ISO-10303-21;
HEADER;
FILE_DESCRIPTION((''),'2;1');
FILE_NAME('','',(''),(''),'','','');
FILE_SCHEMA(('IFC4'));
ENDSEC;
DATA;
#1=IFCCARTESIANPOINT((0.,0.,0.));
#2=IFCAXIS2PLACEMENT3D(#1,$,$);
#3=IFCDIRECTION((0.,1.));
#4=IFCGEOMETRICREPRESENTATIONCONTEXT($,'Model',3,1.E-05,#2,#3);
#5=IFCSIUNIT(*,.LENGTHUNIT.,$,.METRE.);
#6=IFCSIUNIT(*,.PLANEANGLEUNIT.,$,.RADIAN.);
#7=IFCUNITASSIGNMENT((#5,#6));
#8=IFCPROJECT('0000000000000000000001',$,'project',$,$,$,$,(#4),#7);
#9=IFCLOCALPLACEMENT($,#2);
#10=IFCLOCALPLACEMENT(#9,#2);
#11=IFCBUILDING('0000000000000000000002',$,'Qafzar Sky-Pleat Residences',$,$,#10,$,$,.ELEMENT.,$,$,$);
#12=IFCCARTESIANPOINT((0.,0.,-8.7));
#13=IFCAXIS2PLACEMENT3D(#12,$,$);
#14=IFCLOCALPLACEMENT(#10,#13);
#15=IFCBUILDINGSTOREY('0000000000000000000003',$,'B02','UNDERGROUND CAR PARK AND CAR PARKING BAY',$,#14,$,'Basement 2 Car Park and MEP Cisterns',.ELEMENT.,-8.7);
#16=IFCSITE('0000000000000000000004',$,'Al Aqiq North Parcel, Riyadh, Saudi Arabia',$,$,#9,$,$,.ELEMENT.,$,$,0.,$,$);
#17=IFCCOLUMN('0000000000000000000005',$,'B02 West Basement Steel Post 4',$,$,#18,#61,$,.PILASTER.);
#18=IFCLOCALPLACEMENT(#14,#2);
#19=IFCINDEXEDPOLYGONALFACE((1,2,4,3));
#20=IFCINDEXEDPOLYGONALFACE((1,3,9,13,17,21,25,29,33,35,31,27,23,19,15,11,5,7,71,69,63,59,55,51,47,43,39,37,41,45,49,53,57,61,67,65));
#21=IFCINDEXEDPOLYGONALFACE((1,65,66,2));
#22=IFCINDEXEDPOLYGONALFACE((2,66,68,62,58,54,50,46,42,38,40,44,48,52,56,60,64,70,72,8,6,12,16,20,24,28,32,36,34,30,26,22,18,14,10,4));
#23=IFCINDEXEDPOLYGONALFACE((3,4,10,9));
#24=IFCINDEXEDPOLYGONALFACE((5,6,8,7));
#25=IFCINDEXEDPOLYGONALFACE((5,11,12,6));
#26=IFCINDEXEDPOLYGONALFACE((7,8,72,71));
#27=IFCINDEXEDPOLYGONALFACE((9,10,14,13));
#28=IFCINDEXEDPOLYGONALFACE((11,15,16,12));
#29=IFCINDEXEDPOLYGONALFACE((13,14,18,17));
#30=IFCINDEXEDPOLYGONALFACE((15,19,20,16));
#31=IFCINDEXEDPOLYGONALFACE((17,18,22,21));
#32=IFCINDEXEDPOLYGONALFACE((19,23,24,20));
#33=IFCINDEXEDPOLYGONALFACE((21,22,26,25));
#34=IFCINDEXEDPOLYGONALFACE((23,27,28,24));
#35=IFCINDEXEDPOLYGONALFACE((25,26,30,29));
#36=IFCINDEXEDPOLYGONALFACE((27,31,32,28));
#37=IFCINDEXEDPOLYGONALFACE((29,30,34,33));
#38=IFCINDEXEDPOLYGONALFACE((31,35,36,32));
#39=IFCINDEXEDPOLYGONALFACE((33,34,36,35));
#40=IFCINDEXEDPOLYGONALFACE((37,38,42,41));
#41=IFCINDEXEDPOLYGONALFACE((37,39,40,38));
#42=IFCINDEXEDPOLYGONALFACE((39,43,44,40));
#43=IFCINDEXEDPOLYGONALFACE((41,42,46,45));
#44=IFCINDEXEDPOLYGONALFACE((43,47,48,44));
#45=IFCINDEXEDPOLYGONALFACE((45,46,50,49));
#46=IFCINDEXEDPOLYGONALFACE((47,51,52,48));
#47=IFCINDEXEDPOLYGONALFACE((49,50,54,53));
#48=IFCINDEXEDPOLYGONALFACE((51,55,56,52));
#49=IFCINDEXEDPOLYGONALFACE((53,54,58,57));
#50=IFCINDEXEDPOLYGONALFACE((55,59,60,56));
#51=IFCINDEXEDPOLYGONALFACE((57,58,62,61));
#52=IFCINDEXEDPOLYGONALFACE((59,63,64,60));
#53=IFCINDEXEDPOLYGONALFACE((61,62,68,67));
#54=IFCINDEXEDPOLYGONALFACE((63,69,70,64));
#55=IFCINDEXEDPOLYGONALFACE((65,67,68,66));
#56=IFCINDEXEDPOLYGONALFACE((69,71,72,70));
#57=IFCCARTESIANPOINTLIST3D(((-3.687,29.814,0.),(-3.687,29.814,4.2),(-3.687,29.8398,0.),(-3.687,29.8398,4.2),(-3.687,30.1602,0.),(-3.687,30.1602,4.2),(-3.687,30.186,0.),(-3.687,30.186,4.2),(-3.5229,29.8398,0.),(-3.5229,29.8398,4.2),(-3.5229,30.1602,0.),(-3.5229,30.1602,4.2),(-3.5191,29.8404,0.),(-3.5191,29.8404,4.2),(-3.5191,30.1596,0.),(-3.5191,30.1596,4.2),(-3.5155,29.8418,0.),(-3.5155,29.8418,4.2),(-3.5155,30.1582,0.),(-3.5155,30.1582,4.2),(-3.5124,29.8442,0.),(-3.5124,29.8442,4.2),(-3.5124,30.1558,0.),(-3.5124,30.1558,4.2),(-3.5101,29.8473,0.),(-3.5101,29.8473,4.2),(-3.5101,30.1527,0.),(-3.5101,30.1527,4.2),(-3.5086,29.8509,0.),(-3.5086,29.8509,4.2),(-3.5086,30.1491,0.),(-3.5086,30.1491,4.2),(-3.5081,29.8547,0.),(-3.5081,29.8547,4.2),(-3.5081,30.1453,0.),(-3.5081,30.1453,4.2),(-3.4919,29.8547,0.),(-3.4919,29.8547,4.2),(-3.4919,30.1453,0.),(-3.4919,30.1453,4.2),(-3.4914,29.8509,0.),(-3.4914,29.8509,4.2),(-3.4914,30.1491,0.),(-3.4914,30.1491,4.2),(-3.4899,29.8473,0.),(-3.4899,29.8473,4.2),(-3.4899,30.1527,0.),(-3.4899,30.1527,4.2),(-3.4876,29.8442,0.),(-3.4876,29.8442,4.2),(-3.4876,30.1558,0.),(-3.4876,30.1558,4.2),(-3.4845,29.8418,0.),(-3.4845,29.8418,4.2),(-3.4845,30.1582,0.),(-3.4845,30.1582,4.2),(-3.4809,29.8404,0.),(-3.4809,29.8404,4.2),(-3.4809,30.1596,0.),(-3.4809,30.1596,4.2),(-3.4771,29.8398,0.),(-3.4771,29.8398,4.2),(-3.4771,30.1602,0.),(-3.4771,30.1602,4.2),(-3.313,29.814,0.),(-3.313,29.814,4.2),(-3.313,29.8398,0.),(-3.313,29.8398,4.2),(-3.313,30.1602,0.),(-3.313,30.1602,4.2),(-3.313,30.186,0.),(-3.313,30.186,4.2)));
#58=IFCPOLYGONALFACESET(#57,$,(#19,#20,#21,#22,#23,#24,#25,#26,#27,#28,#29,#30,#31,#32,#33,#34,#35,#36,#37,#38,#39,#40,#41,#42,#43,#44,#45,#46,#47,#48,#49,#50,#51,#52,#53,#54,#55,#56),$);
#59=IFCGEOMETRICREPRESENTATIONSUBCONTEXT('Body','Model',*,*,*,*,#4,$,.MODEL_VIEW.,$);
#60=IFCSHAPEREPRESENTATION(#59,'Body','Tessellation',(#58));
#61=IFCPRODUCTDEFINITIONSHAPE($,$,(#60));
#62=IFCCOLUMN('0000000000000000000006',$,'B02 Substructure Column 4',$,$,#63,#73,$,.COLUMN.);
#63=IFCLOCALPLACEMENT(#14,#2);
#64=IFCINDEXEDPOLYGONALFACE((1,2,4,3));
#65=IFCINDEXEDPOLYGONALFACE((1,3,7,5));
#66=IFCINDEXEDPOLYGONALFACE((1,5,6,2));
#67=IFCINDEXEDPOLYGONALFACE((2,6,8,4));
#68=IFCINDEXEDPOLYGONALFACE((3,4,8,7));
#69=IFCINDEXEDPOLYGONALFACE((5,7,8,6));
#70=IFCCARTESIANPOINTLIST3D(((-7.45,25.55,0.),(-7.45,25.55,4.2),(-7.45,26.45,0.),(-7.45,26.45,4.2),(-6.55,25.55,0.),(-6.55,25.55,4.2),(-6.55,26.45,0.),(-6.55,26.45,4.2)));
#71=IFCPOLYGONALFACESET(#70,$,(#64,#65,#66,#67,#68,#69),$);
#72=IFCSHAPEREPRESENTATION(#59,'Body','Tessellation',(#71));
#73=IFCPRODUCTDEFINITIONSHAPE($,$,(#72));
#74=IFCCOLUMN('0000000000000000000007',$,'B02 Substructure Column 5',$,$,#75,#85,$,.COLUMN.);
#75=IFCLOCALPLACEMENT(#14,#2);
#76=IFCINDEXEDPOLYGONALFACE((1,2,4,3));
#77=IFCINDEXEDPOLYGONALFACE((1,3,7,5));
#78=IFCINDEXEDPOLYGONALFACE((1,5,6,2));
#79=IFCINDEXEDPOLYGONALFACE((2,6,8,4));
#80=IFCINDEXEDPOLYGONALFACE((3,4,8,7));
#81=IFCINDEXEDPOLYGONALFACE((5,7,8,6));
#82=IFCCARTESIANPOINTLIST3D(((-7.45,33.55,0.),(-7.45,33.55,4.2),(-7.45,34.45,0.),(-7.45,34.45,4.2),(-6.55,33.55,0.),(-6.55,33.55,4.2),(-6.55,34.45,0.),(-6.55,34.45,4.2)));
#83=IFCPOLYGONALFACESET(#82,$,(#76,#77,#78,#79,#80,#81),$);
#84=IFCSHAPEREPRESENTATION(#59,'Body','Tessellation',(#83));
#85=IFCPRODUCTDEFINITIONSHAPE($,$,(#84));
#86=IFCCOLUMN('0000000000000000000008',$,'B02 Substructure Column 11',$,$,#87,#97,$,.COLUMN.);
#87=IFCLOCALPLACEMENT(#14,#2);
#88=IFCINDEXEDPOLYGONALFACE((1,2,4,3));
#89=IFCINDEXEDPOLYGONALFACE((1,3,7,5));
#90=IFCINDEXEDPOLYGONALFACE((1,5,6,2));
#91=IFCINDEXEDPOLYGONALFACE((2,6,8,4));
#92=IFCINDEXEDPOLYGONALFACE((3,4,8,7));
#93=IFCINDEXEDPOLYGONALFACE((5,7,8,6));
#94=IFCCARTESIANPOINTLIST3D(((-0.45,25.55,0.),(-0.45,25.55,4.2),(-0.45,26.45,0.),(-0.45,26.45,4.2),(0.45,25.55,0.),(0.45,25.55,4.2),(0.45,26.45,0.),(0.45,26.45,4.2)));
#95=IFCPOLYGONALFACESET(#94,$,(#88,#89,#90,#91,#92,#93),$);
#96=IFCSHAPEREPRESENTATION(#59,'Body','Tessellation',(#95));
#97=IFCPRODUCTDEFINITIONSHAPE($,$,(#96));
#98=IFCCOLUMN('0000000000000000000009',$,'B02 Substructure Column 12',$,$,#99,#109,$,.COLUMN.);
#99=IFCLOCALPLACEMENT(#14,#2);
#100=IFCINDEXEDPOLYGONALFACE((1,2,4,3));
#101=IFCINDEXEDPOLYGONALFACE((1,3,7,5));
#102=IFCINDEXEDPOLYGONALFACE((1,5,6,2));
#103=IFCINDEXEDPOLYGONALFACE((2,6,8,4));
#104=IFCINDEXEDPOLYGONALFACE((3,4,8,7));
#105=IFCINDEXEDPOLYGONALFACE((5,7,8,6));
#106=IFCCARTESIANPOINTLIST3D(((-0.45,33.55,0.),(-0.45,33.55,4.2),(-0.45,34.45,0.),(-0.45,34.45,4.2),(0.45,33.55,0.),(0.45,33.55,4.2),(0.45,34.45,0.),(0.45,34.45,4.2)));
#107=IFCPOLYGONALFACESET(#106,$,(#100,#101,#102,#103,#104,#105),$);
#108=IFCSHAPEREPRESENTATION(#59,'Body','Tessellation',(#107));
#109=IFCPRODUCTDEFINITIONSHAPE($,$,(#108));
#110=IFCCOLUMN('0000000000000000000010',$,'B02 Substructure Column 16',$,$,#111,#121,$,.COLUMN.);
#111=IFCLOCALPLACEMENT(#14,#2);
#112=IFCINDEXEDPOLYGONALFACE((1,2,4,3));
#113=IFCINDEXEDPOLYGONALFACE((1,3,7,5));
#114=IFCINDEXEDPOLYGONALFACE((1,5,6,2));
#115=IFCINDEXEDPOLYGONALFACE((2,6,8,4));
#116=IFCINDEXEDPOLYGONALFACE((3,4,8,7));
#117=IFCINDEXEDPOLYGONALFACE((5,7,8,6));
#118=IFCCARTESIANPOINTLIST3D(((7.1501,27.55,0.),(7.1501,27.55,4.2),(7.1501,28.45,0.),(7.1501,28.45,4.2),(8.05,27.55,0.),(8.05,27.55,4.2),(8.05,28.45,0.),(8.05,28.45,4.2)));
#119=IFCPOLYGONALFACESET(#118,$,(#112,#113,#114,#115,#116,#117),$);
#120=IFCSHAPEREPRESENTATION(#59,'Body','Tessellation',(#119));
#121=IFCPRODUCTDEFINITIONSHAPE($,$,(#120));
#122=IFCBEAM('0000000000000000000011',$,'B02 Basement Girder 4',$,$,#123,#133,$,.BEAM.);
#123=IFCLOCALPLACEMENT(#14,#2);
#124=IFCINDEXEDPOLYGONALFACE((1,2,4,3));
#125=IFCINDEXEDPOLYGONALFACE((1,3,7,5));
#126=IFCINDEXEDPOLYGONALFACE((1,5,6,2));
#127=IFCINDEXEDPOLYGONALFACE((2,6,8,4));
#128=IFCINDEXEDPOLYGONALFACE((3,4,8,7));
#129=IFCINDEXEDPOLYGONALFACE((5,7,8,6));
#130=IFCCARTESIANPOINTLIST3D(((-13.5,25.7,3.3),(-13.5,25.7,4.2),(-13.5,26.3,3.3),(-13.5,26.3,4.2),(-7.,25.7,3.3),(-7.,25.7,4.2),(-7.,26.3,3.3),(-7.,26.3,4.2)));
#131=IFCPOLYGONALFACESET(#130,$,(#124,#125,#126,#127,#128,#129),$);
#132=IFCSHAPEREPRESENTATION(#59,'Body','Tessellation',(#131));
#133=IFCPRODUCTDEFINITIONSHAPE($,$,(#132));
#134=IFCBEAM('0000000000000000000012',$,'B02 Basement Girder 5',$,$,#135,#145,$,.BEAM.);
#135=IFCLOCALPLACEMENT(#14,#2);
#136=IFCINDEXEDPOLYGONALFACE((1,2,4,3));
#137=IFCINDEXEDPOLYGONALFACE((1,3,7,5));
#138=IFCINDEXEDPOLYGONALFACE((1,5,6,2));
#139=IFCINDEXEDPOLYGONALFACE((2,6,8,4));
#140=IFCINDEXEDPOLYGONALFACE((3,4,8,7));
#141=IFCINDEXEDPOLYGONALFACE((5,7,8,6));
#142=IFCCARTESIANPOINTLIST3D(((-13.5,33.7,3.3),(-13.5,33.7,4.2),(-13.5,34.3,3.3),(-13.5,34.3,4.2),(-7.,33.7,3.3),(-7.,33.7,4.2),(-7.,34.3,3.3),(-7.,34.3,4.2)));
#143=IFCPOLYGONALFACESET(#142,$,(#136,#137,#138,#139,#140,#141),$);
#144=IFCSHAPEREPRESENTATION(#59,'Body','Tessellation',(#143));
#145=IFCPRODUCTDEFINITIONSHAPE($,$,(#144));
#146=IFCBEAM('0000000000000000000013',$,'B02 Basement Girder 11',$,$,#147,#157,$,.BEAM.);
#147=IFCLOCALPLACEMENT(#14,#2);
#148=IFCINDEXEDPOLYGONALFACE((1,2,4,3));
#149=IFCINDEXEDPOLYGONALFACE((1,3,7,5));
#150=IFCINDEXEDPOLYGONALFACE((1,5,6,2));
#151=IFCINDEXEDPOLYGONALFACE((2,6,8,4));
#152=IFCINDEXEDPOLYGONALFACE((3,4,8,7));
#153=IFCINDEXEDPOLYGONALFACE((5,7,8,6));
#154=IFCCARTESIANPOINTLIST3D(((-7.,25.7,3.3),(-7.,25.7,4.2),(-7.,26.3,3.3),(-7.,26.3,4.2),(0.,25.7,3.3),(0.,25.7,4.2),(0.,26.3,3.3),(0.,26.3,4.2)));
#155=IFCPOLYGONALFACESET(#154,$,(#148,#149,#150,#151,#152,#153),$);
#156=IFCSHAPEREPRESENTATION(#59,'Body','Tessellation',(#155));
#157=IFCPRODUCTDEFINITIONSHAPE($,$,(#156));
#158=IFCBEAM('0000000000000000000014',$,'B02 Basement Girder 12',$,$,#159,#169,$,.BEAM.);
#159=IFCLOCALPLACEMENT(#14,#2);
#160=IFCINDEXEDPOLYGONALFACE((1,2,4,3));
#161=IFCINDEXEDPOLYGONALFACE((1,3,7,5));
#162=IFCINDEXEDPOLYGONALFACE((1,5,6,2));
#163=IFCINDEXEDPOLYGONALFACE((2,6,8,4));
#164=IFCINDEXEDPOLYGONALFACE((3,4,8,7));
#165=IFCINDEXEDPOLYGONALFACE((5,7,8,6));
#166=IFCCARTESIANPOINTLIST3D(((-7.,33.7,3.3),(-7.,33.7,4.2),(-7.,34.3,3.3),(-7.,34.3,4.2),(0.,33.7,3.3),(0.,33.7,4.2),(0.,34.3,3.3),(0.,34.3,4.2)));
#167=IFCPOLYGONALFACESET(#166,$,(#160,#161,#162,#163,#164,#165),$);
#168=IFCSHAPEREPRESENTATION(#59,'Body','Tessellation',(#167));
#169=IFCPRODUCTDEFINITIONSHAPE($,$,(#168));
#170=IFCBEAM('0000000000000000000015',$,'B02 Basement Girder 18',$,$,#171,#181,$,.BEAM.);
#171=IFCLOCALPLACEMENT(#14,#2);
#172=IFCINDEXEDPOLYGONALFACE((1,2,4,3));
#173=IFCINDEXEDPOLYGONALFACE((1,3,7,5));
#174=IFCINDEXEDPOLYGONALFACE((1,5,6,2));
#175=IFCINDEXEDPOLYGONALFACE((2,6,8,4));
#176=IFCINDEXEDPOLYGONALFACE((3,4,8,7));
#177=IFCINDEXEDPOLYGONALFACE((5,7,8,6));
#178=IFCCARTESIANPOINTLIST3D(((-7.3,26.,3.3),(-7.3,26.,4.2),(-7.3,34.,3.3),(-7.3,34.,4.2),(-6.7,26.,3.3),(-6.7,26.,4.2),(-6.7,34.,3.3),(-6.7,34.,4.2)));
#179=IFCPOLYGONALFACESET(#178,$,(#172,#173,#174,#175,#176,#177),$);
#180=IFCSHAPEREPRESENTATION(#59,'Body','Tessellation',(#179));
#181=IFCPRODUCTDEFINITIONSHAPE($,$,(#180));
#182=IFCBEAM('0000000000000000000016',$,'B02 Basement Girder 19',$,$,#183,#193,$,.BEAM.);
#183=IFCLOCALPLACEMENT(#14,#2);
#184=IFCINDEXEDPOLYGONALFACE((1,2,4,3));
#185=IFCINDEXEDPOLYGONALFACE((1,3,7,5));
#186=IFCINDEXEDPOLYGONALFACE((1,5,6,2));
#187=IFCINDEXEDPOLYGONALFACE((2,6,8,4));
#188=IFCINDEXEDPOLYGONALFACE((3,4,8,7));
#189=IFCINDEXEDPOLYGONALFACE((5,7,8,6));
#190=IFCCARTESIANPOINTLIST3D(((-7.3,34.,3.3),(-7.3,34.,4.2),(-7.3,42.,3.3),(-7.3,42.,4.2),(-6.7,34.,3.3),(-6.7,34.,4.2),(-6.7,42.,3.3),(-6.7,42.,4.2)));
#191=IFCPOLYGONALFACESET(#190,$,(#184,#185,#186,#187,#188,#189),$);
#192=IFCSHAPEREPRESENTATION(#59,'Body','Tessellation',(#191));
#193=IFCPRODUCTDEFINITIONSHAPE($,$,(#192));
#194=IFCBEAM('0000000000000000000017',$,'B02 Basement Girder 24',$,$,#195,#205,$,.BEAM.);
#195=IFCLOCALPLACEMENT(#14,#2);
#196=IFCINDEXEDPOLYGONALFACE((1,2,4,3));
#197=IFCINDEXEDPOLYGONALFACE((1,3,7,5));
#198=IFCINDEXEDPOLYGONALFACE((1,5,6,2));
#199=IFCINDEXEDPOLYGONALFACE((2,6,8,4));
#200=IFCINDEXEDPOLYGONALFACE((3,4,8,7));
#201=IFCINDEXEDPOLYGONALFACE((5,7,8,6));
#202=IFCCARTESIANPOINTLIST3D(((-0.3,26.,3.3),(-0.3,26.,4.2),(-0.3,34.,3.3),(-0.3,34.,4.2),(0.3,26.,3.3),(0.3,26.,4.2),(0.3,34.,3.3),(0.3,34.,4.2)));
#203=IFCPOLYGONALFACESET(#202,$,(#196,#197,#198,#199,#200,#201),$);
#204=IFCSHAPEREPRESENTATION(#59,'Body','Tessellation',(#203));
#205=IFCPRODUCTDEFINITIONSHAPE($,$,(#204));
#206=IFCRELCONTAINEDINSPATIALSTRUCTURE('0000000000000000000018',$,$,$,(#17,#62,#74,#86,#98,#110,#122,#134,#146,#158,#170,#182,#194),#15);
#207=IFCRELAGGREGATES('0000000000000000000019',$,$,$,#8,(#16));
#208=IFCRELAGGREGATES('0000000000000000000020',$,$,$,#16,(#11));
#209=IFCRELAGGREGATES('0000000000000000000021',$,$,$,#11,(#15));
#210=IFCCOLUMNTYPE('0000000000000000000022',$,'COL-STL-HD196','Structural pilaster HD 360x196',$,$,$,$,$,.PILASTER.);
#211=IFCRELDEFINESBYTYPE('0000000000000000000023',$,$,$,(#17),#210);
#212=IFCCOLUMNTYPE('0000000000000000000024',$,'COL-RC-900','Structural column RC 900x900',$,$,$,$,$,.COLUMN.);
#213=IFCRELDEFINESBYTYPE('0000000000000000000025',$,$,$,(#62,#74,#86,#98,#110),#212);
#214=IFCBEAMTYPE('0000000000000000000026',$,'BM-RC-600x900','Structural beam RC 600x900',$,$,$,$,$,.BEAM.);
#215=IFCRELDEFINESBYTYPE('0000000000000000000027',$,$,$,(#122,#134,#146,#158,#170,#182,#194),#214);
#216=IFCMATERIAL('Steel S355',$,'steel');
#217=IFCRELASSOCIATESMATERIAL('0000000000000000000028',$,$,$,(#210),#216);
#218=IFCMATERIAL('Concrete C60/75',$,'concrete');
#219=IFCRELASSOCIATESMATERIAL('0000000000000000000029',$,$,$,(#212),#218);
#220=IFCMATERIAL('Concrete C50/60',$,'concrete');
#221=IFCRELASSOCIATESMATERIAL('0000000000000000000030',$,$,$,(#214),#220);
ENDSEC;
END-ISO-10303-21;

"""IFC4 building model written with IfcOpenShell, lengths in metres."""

from ifc_helpers import new_model, si_unit, direction, frame, origin, origin_2d, place, context, subcontext, project, spatial, rectangle, i_section, extrude, source, transform, mapped, material, material_profile, profile_set, type_object, element, save


model = new_model("IFC4")

# Units and contexts
model_context = context("Model", 3, precision=1e-05, world=origin(), true_north=direction((0.0, 1.0)))
body_context = subcontext(model_context, "Body", "Model", "MODEL_VIEW")
ifc_project = project(units=[si_unit("LENGTHUNIT", "METRE"), si_unit("PLANEANGLEUNIT", "RADIAN")], contexts=[model_context])

# Site, building, storey
site_placement = place(None, origin())
site = spatial("IfcSite", under=ifc_project, at=site_placement, Name="Al Aqiq North Parcel, Riyadh, Saudi Arabia", CompositionType="ELEMENT", RefElevation=0.0)
building_placement = place(site_placement, origin())
building = spatial("IfcBuilding", under=site, at=building_placement, Name="Qafzar Sky-Pleat Residences", CompositionType="ELEMENT")
storey_placement = place(building_placement, frame((0.0, 0.0, -8.7)))
storey = spatial("IfcBuildingStorey", under=building, at=storey_placement, Name="B02", Description="UNDERGROUND CAR PARK AND CAR PARKING BAY", LongName="Basement 2 Car Park and MEP Cisterns", CompositionType="ELEMENT", Elevation=-8.7)

# Shared definitions
ifc_material_1 = material(Name="Concrete C50/60", Category="concrete")

# Columns
ifc_material_2 = material(Name="Concrete C60/75", Category="concrete")
ifc_material_3 = material(Name="Steel S355", Category="steel")
ifc_material_profile_1 = material_profile(ifc_material_3, i_section(OverallWidth=0.374, OverallDepth=0.3721, WebThickness=0.0161, FlangeThickness=0.0259, FilletRadius=0.0149, at=origin_2d()), Name="HD 360x196")
ifc_profile_set_1 = profile_set([ifc_material_profile_1], Name="Steel S355")
column_type_1 = type_object("IfcColumnType", Name="COL-STL-HD196", Description="Structural pilaster HD 360x196", PredefinedType="PILASTER", material=ifc_profile_set_1)
shared_shape_1 = source(origin(), body_context, "Body", "SweptSolid", [
    extrude(i_section(OverallWidth=0.374, OverallDepth=0.3721, WebThickness=0.0161, FlangeThickness=0.0259, FilletRadius=0.0149, at=origin_2d()), origin(), (0.0, 0.0, 1.0), 4.2),
])
column_1_placement = place(storey_placement, frame((-3.5, 30.0, 0.0), z_axis=(0.0, 0.0, 1.0), x_axis=(1.0, 0.0, 0.0)))
element("IfcColumn", 1, at=column_1_placement, inside=storey, type_object=column_type_1, Name="B02 West Basement Steel Post 4", PredefinedType="PILASTER", context=body_context, shape_type="MappedRepresentation", body=[
    mapped(shared_shape_1, transform((0.0, 0.0, 0.0), x_axis=(1.0, 0.0, 0.0), y_axis=(0.0, 1.0, 0.0), z_axis=(0.0, 0.0, 1.0), scale=1.0)),
])
ifc_material_profile_2 = material_profile(ifc_material_2, rectangle(XDim=0.8999, YDim=0.8999, at=origin_2d()), Name="RC 900x900")
ifc_profile_set_2 = profile_set([ifc_material_profile_2], Name="Concrete C60/75")
column_type_2 = type_object("IfcColumnType", Name="COL-RC-900", Description="Structural column RC 900x900", PredefinedType="COLUMN", material=ifc_profile_set_2)
shared_shape_2 = source(origin(), body_context, "Body", "SweptSolid", [
    extrude(rectangle(XDim=0.8999, YDim=0.8999, at=origin_2d()), origin(), (0.0, 0.0, 1.0), 4.2),
])
for number, where, z_axis, x_axis, name in (
    (2, (-7.0, 26.0, 0.0), (0.0, 0.0, 1.0), (1.0, 0.0, 0.0), "B02 Substructure Column 4"),
    (3, (-7.0, 34.0, 0.0), (0.0, 0.0, 1.0), (1.0, 0.0, 0.0), "B02 Substructure Column 5"),
    (4, (0.0, 26.0, 0.0), (0.0, 0.0, 1.0), (1.0, 0.0, 0.0), "B02 Substructure Column 11"),
    (5, (0.0, 34.0, 0.0), (0.0, 0.0, 1.0), (1.0, 0.0, 0.0), "B02 Substructure Column 12"),
    (6, (7.6001, 28.0, 0.0), (0.0, 0.0, 1.0), (1.0, 0.0, 0.0), "B02 Substructure Column 16"),
):
    element("IfcColumn", number, at=place(storey_placement, frame(where, z_axis=z_axis, x_axis=x_axis)), inside=storey, type_object=column_type_2, Name=name, PredefinedType="COLUMN", context=body_context, shape_type="MappedRepresentation", body=[
        mapped(shared_shape_2, transform((0.0, 0.0, 0.0), x_axis=(1.0, 0.0, 0.0), y_axis=(0.0, 1.0, 0.0), z_axis=(0.0, 0.0, 1.0), scale=1.0)),
    ])

# Beams
ifc_material_profile_3 = material_profile(ifc_material_1, rectangle(XDim=0.6001, YDim=0.8999, at=origin_2d()), Name="RC 600x900")
ifc_profile_set_3 = profile_set([ifc_material_profile_3], Name="Concrete C50/60")
beam_type_1 = type_object("IfcBeamType", Name="BM-RC-600x900", Description="Structural beam RC 600x900", PredefinedType="BEAM", material=ifc_profile_set_3)
shared_shape_3 = source(origin(), body_context, "Body", "SweptSolid", [
    extrude(rectangle(XDim=0.6001, YDim=0.8999, at=origin_2d()), origin(), (0.0, 0.0, 1.0), 6.5),
])
for number, where, z_axis, x_axis, name in (
    (7, (-13.5, 26.0, 3.75), (1.0, 0.0, 0.0), (0.0, 1.0, 0.0), "B02 Basement Girder 4"),
    (8, (-13.5, 34.0, 3.75), (1.0, 0.0, 0.0), (0.0, 1.0, 0.0), "B02 Basement Girder 5"),
):
    element("IfcBeam", number, at=place(storey_placement, frame(where, z_axis=z_axis, x_axis=x_axis)), inside=storey, type_object=beam_type_1, Name=name, PredefinedType="BEAM", context=body_context, shape_type="MappedRepresentation", body=[
        mapped(shared_shape_3, transform((0.0, 0.0, 0.0), x_axis=(1.0, 0.0, 0.0), y_axis=(0.0, 1.0, 0.0), z_axis=(0.0, 0.0, 1.0), scale=1.0)),
    ])
shared_shape_4 = source(origin(), body_context, "Body", "SweptSolid", [
    extrude(rectangle(XDim=0.6001, YDim=0.8999, at=origin_2d()), origin(), (0.0, 0.0, 1.0), 7.0),
])
for number, where, z_axis, x_axis, name in (
    (9, (-7.0, 26.0, 3.75), (1.0, 0.0, 0.0), (0.0, 1.0, 0.0), "B02 Basement Girder 11"),
    (10, (-7.0, 34.0, 3.75), (1.0, 0.0, 0.0), (0.0, 1.0, 0.0), "B02 Basement Girder 12"),
):
    element("IfcBeam", number, at=place(storey_placement, frame(where, z_axis=z_axis, x_axis=x_axis)), inside=storey, type_object=beam_type_1, Name=name, PredefinedType="BEAM", context=body_context, shape_type="MappedRepresentation", body=[
        mapped(shared_shape_4, transform((0.0, 0.0, 0.0), x_axis=(1.0, 0.0, 0.0), y_axis=(0.0, 1.0, 0.0), z_axis=(0.0, 0.0, 1.0), scale=1.0)),
    ])
shared_shape_5 = source(origin(), body_context, "Body", "SweptSolid", [
    extrude(rectangle(XDim=0.6001, YDim=0.8999, at=origin_2d()), origin(), (0.0, 0.0, 1.0), 8.0),
])
for number, where, z_axis, x_axis, name in (
    (11, (-7.0, 26.0, 3.75), (0.0, 1.0, 0.0), (-1.0, 0.0, 0.0), "B02 Basement Girder 18"),
    (12, (-7.0, 34.0, 3.75), (0.0, 1.0, 0.0), (-1.0, 0.0, 0.0), "B02 Basement Girder 19"),
    (13, (0.0, 26.0, 3.75), (0.0, 1.0, 0.0), (-1.0, 0.0, 0.0), "B02 Basement Girder 24"),
):
    element("IfcBeam", number, at=place(storey_placement, frame(where, z_axis=z_axis, x_axis=x_axis)), inside=storey, type_object=beam_type_1, Name=name, PredefinedType="BEAM", context=body_context, shape_type="MappedRepresentation", body=[
        mapped(shared_shape_5, transform((0.0, 0.0, 0.0), x_axis=(1.0, 0.0, 0.0), y_axis=(0.0, 1.0, 0.0), z_axis=(0.0, 0.0, 1.0), scale=1.0)),
    ])

save(model, "model.ifc")
